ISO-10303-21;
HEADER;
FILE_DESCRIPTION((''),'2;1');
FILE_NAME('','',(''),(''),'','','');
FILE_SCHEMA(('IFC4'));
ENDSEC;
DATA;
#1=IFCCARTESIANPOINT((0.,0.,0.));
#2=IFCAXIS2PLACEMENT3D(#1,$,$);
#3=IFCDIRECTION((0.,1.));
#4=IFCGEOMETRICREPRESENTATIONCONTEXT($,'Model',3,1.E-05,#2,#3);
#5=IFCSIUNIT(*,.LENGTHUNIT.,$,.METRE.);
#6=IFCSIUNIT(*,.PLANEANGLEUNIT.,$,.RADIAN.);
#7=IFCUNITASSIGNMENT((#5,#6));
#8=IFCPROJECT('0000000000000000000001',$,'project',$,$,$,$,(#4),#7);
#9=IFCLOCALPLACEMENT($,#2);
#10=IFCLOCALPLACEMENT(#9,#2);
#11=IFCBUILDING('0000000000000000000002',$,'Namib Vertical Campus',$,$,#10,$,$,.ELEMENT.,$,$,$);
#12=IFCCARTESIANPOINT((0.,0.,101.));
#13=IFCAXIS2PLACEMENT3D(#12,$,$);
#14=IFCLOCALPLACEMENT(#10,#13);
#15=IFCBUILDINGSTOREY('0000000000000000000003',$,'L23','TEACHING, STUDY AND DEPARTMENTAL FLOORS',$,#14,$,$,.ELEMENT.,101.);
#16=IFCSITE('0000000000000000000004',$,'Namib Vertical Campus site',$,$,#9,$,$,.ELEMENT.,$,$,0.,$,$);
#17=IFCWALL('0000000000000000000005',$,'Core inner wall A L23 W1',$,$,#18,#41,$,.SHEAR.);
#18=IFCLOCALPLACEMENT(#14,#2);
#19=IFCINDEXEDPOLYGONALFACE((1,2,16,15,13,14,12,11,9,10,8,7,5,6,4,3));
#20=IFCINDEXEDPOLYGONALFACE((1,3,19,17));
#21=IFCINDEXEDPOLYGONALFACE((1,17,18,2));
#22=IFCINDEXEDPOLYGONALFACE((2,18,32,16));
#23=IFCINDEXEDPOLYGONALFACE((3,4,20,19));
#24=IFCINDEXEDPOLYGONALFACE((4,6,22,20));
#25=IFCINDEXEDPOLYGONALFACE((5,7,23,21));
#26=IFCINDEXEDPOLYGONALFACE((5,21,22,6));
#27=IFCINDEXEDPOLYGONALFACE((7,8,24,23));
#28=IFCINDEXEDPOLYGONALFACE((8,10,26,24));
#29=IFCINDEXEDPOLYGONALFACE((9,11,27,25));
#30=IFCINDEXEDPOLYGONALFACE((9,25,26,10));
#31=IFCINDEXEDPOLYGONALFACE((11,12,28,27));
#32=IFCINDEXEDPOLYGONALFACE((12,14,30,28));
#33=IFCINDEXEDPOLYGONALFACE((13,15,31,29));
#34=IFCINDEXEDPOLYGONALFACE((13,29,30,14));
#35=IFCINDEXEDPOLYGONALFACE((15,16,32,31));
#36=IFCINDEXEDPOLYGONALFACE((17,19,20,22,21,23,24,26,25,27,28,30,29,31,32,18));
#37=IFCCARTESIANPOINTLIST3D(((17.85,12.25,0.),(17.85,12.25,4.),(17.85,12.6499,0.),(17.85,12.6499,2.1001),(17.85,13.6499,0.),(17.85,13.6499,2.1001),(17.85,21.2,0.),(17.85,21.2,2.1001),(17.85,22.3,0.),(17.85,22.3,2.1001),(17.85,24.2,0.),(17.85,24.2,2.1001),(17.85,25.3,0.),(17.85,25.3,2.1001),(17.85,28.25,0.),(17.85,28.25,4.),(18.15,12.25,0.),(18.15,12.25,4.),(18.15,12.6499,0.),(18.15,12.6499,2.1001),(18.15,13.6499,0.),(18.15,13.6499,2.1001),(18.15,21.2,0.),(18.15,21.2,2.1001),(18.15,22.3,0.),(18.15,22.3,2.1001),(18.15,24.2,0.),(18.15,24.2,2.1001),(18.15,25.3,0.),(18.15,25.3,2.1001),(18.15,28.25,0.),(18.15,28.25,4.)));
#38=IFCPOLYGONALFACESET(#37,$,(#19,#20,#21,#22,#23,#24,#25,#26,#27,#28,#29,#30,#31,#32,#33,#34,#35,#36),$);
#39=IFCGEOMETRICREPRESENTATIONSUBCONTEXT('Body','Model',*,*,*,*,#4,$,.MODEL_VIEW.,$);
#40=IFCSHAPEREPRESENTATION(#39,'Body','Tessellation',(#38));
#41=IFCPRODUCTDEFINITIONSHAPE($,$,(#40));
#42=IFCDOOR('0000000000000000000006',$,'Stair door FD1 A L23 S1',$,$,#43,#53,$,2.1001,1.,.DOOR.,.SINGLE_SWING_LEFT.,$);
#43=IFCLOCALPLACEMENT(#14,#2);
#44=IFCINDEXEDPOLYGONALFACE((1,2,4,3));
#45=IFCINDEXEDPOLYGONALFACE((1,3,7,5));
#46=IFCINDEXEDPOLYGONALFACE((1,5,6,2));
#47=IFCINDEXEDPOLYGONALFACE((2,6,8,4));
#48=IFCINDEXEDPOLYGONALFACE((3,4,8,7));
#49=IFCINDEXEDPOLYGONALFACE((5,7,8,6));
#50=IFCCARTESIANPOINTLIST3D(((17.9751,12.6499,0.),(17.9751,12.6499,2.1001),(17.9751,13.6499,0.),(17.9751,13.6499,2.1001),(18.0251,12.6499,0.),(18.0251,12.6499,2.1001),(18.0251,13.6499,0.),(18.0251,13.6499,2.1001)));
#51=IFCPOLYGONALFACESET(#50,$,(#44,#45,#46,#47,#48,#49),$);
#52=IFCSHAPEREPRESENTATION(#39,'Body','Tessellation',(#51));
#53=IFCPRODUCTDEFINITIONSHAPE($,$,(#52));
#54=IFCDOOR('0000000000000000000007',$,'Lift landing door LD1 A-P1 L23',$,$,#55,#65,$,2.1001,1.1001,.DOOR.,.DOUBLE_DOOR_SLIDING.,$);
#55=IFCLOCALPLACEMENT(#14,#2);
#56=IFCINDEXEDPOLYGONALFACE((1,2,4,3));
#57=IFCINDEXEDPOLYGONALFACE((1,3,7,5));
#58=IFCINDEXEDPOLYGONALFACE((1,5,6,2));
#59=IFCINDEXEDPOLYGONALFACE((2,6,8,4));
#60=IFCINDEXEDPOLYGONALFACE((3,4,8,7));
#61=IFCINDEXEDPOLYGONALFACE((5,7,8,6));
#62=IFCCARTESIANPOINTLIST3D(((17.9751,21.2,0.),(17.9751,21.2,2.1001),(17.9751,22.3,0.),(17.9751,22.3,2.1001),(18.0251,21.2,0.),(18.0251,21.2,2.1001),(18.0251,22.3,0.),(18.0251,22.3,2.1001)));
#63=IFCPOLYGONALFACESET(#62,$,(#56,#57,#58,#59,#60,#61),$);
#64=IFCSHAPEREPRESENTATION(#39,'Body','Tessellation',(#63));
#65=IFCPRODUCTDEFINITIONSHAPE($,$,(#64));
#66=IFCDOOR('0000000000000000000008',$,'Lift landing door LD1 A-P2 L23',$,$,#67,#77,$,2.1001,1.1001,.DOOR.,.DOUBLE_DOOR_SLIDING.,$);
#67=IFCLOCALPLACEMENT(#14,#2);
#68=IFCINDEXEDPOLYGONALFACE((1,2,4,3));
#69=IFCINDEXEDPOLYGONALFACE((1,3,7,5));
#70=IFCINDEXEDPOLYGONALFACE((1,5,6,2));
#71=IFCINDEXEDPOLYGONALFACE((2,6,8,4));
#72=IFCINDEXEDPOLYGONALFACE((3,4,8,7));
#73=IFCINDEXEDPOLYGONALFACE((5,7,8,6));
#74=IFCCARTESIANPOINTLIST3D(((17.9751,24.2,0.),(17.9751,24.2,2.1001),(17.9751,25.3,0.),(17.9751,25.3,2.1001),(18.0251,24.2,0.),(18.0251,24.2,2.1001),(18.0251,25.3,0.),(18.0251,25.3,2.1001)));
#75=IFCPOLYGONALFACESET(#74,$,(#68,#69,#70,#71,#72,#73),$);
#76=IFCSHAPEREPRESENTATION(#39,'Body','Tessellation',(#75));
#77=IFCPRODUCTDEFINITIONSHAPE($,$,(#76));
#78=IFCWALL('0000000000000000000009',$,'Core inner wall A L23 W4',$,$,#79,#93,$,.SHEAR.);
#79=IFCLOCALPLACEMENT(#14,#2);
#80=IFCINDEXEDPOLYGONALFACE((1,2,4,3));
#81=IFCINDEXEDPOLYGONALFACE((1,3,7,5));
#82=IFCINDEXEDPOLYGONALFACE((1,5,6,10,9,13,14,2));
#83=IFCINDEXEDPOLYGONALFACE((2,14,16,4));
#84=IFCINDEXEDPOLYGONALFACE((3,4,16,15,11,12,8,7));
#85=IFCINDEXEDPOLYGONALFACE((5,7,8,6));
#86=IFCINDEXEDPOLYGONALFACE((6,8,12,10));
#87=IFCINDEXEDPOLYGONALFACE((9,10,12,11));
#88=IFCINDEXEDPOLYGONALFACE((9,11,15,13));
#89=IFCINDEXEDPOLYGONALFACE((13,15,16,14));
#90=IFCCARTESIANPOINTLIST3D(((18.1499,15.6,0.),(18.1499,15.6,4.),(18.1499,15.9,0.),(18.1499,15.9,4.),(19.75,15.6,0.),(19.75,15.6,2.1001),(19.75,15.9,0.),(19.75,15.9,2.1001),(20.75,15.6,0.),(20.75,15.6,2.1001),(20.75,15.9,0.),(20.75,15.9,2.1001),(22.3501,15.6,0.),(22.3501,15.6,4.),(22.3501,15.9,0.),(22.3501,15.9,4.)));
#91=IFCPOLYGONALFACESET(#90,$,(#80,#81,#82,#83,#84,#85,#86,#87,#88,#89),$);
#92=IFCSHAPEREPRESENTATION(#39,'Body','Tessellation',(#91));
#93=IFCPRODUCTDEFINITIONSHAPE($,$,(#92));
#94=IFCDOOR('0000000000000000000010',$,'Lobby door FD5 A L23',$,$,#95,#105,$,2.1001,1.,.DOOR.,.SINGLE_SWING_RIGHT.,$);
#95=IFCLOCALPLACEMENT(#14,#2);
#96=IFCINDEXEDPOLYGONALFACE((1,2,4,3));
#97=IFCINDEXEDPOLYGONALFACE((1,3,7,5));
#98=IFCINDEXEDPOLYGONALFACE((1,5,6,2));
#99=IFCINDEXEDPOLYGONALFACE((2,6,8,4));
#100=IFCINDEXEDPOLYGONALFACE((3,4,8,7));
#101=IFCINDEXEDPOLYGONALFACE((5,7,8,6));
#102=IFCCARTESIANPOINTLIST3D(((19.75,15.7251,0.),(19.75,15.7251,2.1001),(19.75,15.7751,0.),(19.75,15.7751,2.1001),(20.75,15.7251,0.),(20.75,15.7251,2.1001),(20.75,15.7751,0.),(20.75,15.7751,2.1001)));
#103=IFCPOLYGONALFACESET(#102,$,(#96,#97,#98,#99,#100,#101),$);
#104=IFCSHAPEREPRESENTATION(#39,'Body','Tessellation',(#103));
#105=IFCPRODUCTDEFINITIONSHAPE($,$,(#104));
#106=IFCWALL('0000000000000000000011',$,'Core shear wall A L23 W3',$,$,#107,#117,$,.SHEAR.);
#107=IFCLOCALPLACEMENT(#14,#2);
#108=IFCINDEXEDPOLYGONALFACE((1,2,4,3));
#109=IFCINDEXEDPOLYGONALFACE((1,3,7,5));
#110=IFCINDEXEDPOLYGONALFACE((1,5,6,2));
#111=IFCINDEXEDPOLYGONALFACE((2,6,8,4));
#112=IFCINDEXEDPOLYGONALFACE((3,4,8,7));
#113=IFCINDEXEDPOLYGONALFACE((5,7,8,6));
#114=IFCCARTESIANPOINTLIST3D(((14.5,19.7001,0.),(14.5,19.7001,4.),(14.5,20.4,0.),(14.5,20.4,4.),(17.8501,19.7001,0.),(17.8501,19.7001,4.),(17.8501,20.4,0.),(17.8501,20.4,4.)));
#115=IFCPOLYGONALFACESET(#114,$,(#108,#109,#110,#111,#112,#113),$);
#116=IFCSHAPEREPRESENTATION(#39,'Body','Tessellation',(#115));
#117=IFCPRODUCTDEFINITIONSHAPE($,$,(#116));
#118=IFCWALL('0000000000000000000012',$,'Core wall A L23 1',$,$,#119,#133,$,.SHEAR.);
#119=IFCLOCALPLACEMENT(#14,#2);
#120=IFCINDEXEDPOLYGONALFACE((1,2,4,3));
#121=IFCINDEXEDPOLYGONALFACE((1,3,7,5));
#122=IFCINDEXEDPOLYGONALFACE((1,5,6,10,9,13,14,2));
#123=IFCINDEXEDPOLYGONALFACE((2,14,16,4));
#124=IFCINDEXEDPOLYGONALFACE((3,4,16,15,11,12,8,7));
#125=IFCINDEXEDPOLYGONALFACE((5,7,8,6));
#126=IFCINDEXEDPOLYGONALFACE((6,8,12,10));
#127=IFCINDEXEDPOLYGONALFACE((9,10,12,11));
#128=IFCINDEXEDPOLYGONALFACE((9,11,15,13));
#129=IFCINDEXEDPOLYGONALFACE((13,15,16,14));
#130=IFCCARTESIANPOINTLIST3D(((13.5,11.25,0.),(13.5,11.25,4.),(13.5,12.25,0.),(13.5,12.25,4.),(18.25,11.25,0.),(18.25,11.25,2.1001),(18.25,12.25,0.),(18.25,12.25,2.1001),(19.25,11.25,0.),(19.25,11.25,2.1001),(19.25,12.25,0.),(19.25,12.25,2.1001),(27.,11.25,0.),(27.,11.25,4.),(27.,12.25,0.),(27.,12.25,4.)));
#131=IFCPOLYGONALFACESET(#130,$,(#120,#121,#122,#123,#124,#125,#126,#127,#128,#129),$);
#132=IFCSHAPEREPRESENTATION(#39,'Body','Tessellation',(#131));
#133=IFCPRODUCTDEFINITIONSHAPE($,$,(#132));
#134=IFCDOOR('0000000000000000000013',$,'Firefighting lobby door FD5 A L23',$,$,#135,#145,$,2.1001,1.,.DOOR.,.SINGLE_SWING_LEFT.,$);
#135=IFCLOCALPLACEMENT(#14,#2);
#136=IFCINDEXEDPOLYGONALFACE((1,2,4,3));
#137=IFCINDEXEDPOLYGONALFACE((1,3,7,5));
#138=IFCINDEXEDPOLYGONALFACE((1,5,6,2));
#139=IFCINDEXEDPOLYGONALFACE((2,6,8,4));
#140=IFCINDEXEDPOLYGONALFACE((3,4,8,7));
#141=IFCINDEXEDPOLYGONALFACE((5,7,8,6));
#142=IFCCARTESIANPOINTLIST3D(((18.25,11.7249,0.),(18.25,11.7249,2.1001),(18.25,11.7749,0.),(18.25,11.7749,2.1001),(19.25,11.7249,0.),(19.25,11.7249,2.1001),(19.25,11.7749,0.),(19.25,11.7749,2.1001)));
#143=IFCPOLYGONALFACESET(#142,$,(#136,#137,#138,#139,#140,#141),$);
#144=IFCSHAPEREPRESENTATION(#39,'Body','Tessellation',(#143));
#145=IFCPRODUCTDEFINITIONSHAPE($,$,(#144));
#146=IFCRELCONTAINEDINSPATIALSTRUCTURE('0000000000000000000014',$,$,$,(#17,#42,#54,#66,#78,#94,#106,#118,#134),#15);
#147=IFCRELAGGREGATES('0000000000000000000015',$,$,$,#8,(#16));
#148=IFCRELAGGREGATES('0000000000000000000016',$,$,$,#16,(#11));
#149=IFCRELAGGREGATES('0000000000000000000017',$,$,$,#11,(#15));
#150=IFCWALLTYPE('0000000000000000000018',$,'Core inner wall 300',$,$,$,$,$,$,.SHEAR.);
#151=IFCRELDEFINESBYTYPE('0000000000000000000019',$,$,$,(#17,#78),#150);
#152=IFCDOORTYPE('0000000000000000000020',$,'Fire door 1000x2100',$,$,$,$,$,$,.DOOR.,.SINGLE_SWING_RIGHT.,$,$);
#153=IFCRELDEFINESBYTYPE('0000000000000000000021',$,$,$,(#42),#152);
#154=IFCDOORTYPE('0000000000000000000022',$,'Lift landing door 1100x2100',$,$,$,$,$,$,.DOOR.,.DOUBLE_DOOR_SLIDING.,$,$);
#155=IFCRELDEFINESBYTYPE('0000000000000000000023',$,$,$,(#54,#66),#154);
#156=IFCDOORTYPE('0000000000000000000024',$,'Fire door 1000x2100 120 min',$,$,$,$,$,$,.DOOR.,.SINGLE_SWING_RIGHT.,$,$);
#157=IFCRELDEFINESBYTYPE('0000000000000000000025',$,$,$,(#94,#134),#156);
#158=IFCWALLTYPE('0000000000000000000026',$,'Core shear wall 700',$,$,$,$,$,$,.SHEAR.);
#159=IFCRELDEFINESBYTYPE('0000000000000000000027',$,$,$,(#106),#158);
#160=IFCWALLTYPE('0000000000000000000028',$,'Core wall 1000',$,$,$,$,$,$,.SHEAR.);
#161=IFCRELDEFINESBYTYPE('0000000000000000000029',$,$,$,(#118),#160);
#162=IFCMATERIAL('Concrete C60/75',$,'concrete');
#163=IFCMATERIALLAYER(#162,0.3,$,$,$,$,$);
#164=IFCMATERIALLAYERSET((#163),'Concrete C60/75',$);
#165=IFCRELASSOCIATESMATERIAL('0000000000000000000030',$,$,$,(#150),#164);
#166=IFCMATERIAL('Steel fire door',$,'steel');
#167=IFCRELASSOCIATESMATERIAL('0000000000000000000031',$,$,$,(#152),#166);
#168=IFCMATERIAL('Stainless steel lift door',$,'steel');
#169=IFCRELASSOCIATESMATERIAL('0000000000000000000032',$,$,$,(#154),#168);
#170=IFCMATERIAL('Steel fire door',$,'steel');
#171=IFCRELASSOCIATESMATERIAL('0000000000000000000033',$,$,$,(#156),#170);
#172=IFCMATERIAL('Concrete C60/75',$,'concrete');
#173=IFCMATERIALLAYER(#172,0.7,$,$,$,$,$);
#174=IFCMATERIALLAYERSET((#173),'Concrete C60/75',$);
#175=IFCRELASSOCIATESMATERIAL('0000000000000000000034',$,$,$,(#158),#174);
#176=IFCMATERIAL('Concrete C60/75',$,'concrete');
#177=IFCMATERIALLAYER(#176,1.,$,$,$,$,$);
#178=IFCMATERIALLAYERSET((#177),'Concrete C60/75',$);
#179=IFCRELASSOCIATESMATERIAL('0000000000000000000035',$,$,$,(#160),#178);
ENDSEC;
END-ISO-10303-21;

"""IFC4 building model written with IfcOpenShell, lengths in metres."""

from ifc_helpers import new_model, si_unit, direction, frame, frame_2d, origin, place, context, subcontext, project, spatial, rectangle, extrude, material, layer, layer_set, type_object, element, fill, save


model = new_model("IFC4")

# Units and contexts
model_context = context("Model", 3, precision=1e-05, world=origin(), true_north=direction((0.0, 1.0)))
body_context = subcontext(model_context, "Body", "Model", "MODEL_VIEW")
ifc_project = project(units=[si_unit("LENGTHUNIT", "METRE"), si_unit("PLANEANGLEUNIT", "RADIAN")], contexts=[model_context])

# Site, building, storey
site_placement = place(None, origin())
site = spatial("IfcSite", under=ifc_project, at=site_placement, Name="Namib Vertical Campus site", CompositionType="ELEMENT", RefElevation=0.0)
building_placement = place(site_placement, origin())
building = spatial("IfcBuilding", under=site, at=building_placement, Name="Namib Vertical Campus", CompositionType="ELEMENT")
storey_placement = place(building_placement, frame((0.0, 0.0, 101.0)))
storey = spatial("IfcBuildingStorey", under=building, at=storey_placement, Name="L23", Description="TEACHING, STUDY AND DEPARTMENTAL FLOORS", CompositionType="ELEMENT", Elevation=101.0)

# Wall, openings, doors
ifc_material_1 = material(Name="Concrete C60/75", Category="concrete")
ifc_layer_1 = layer(ifc_material_1, 0.3)
ifc_layer_set_1 = layer_set([ifc_layer_1], Name="Concrete C60/75")
wall_type_1 = type_object("IfcWallType", Name="Core inner wall 300", PredefinedType="SHEAR", material=ifc_layer_set_1)
wall_1_placement = place(storey_placement, frame((18.0, 12.25, 0.0), z_axis=(0.0, 0.0, 1.0), x_axis=(0.0, 1.0, 0.0)))
wall_1 = element("IfcWall", 1, at=wall_1_placement, inside=storey, type_object=wall_type_1, Name="Core inner wall A L23 W1", PredefinedType="SHEAR", context=body_context, shape_type="SweptSolid", body=[
    extrude(rectangle(XDim=16.0, YDim=0.3, at=frame_2d((8.0, 0.0))), origin(), (0.0, 0.0, 1.0), 4.0),
])
opening_1_placement = place(wall_1_placement, frame((0.3999, 0.0, 0.0)))
opening_1 = element("IfcOpeningElement", 2, at=opening_1_placement, cuts=wall_1, PredefinedType="OPENING", context=body_context, shape_type="SweptSolid", body=[
    extrude(rectangle(XDim=1.0, YDim=2.1001, at=frame_2d((0.5, 1.05))), frame((0.0, 0.1599, 0.0), z_axis=(0.0, -1.0, 0.0), x_axis=(1.0, 0.0, 0.0)), (0.0, 0.0, 1.0), 0.3201),
])
opening_2_placement = place(wall_1_placement, frame((8.95, 0.0, 0.0)))
opening_2 = element("IfcOpeningElement", 3, at=opening_2_placement, cuts=wall_1, PredefinedType="OPENING", context=body_context, shape_type="SweptSolid", body=[
    extrude(rectangle(XDim=1.1001, YDim=2.1001, at=frame_2d((0.55, 1.05))), frame((0.0, 0.1599, 0.0), z_axis=(0.0, -1.0, 0.0), x_axis=(1.0, 0.0, 0.0)), (0.0, 0.0, 1.0), 0.3201),
])
opening_3_placement = place(wall_1_placement, frame((11.95, 0.0, 0.0)))
opening_3 = element("IfcOpeningElement", 4, at=opening_3_placement, cuts=wall_1, PredefinedType="OPENING", context=body_context, shape_type="SweptSolid", body=[
    extrude(rectangle(XDim=1.1001, YDim=2.1001, at=frame_2d((0.55, 1.05))), frame((0.0, 0.1599, 0.0), z_axis=(0.0, -1.0, 0.0), x_axis=(1.0, 0.0, 0.0)), (0.0, 0.0, 1.0), 0.3201),
])
ifc_material_2 = material(Name="Steel fire door", Category="steel")
door_type_1 = type_object("IfcDoorType", Name="Fire door 1000x2100", OperationType="SINGLE_SWING_RIGHT", PredefinedType="DOOR", material=ifc_material_2)
door_1_placement = place(opening_1_placement, origin())
door_1 = element("IfcDoor", 5, at=door_1_placement, inside=storey, type_object=door_type_1, Name="Stair door FD1 A L23 S1", OperationType="SINGLE_SWING_LEFT", OverallHeight=2.1001, OverallWidth=1.0, PredefinedType="DOOR", context=body_context, shape_type="SweptSolid", body=[
    extrude(rectangle(XDim=1.0, YDim=2.1001, at=frame_2d((0.5, 1.05))), frame((0.0, 0.0249, 0.0), z_axis=(0.0, -1.0, 0.0), x_axis=(1.0, 0.0, 0.0)), (0.0, 0.0, 1.0), 0.05),
])
fill(opening_1, door_1)
ifc_material_3 = material(Name="Stainless steel lift door", Category="steel")
door_type_2 = type_object("IfcDoorType", Name="Lift landing door 1100x2100", OperationType="DOUBLE_DOOR_SLIDING", PredefinedType="DOOR", material=ifc_material_3)
door_2_placement = place(opening_2_placement, origin())
door_2 = element("IfcDoor", 6, at=door_2_placement, inside=storey, type_object=door_type_2, Name="Lift landing door LD1 A-P1 L23", OperationType="DOUBLE_DOOR_SLIDING", OverallHeight=2.1001, OverallWidth=1.1001, PredefinedType="DOOR", context=body_context, shape_type="SweptSolid", body=[
    extrude(rectangle(XDim=1.1001, YDim=2.1001, at=frame_2d((0.55, 1.05))), frame((0.0, 0.0249, 0.0), z_axis=(0.0, -1.0, 0.0), x_axis=(1.0, 0.0, 0.0)), (0.0, 0.0, 1.0), 0.05),
])
fill(opening_2, door_2)
door_3_placement = place(opening_3_placement, origin())
door_3 = element("IfcDoor", 7, at=door_3_placement, inside=storey, type_object=door_type_2, Name="Lift landing door LD1 A-P2 L23", OperationType="DOUBLE_DOOR_SLIDING", OverallHeight=2.1001, OverallWidth=1.1001, PredefinedType="DOOR", context=body_context, shape_type="SweptSolid", body=[
    extrude(rectangle(XDim=1.1001, YDim=2.1001, at=frame_2d((0.55, 1.05))), frame((0.0, 0.0249, 0.0), z_axis=(0.0, -1.0, 0.0), x_axis=(1.0, 0.0, 0.0)), (0.0, 0.0, 1.0), 0.05),
])
fill(opening_3, door_3)

# Wall, opening, door
wall_2_placement = place(storey_placement, frame((18.1499, 15.75, 0.0), z_axis=(0.0, 0.0, 1.0), x_axis=(1.0, 0.0, 0.0)))
wall_2 = element("IfcWall", 8, at=wall_2_placement, inside=storey, type_object=wall_type_1, Name="Core inner wall A L23 W4", PredefinedType="SHEAR", context=body_context, shape_type="SweptSolid", body=[
    extrude(rectangle(XDim=4.2002, YDim=0.3, at=frame_2d((2.1001, 0.0))), origin(), (0.0, 0.0, 1.0), 4.0),
])
opening_4_placement = place(wall_2_placement, frame((1.6001, 0.0, 0.0)))
opening_4 = element("IfcOpeningElement", 9, at=opening_4_placement, cuts=wall_2, PredefinedType="OPENING", context=body_context, shape_type="SweptSolid", body=[
    extrude(rectangle(XDim=1.0, YDim=2.1001, at=frame_2d((0.5, 1.05))), frame((0.0, 0.1599, 0.0), z_axis=(0.0, -1.0, 0.0), x_axis=(1.0, 0.0, 0.0)), (0.0, 0.0, 1.0), 0.3201),
])
ifc_material_4 = material(Name="Steel fire door", Category="steel")
door_type_3 = type_object("IfcDoorType", Name="Fire door 1000x2100 120 min", OperationType="SINGLE_SWING_RIGHT", PredefinedType="DOOR", material=ifc_material_4)
door_4_placement = place(opening_4_placement, frame((1.0, 0.0, 0.0), z_axis=(0.0, 0.0, 1.0), x_axis=(-1.0, 0.0, 0.0)))
door_4 = element("IfcDoor", 10, at=door_4_placement, inside=storey, type_object=door_type_3, Name="Lobby door FD5 A L23", OperationType="SINGLE_SWING_RIGHT", OverallHeight=2.1001, OverallWidth=1.0, PredefinedType="DOOR", context=body_context, shape_type="SweptSolid", body=[
    extrude(rectangle(XDim=1.0, YDim=2.1001, at=frame_2d((0.5, 1.05))), frame((0.0, 0.0249, 0.0), z_axis=(0.0, -1.0, 0.0), x_axis=(1.0, 0.0, 0.0)), (0.0, 0.0, 1.0), 0.05),
])
fill(opening_4, door_4)

# Wall
ifc_material_5 = material(Name="Concrete C60/75", Category="concrete")
ifc_layer_2 = layer(ifc_material_5, 0.7)
ifc_layer_set_2 = layer_set([ifc_layer_2], Name="Concrete C60/75")
wall_type_2 = type_object("IfcWallType", Name="Core shear wall 700", PredefinedType="SHEAR", material=ifc_layer_set_2)
wall_3_placement = place(storey_placement, frame((14.5, 20.05, 0.0), z_axis=(0.0, 0.0, 1.0), x_axis=(1.0, 0.0, 0.0)))
element("IfcWall", 11, at=wall_3_placement, inside=storey, type_object=wall_type_2, Name="Core shear wall A L23 W3", PredefinedType="SHEAR", context=body_context, shape_type="SweptSolid", body=[
    extrude(rectangle(XDim=3.3501, YDim=0.7, at=frame_2d((1.675, 0.0))), origin(), (0.0, 0.0, 1.0), 4.0),
])

# Wall, opening, door
ifc_material_6 = material(Name="Concrete C60/75", Category="concrete")
ifc_layer_3 = layer(ifc_material_6, 1.0)
ifc_layer_set_3 = layer_set([ifc_layer_3], Name="Concrete C60/75")
wall_type_3 = type_object("IfcWallType", Name="Core wall 1000", PredefinedType="SHEAR", material=ifc_layer_set_3)
wall_4_placement = place(storey_placement, frame((13.5, 11.75, 0.0), z_axis=(0.0, 0.0, 1.0), x_axis=(1.0, 0.0, 0.0)))
wall_4 = element("IfcWall", 12, at=wall_4_placement, inside=storey, type_object=wall_type_3, Name="Core wall A L23 1", PredefinedType="SHEAR", context=body_context, shape_type="SweptSolid", body=[
    extrude(rectangle(XDim=13.5, YDim=1.0, at=frame_2d((6.75, 0.0))), origin(), (0.0, 0.0, 1.0), 4.0),
])
opening_5_placement = place(wall_4_placement, frame((4.75, 0.0, 0.0)))
opening_5 = element("IfcOpeningElement", 13, at=opening_5_placement, cuts=wall_4, PredefinedType="OPENING", context=body_context, shape_type="SweptSolid", body=[
    extrude(rectangle(XDim=1.0, YDim=2.1001, at=frame_2d((0.5, 1.05))), frame((0.0, 0.51, 0.0), z_axis=(0.0, -1.0, 0.0), x_axis=(1.0, 0.0, 0.0)), (0.0, 0.0, 1.0), 1.02),
])
door_5_placement = place(opening_5_placement, origin())
door_5 = element("IfcDoor", 14, at=door_5_placement, inside=storey, type_object=door_type_3, Name="Firefighting lobby door FD5 A L23", OperationType="SINGLE_SWING_LEFT", OverallHeight=2.1001, OverallWidth=1.0, PredefinedType="DOOR", context=body_context, shape_type="SweptSolid", body=[
    extrude(rectangle(XDim=1.0, YDim=2.1001, at=frame_2d((0.5, 1.05))), frame((0.0, 0.0249, 0.0), z_axis=(0.0, -1.0, 0.0), x_axis=(1.0, 0.0, 0.0)), (0.0, 0.0, 1.0), 0.05),
])
fill(opening_5, door_5)

save(model, "model.ifc")
